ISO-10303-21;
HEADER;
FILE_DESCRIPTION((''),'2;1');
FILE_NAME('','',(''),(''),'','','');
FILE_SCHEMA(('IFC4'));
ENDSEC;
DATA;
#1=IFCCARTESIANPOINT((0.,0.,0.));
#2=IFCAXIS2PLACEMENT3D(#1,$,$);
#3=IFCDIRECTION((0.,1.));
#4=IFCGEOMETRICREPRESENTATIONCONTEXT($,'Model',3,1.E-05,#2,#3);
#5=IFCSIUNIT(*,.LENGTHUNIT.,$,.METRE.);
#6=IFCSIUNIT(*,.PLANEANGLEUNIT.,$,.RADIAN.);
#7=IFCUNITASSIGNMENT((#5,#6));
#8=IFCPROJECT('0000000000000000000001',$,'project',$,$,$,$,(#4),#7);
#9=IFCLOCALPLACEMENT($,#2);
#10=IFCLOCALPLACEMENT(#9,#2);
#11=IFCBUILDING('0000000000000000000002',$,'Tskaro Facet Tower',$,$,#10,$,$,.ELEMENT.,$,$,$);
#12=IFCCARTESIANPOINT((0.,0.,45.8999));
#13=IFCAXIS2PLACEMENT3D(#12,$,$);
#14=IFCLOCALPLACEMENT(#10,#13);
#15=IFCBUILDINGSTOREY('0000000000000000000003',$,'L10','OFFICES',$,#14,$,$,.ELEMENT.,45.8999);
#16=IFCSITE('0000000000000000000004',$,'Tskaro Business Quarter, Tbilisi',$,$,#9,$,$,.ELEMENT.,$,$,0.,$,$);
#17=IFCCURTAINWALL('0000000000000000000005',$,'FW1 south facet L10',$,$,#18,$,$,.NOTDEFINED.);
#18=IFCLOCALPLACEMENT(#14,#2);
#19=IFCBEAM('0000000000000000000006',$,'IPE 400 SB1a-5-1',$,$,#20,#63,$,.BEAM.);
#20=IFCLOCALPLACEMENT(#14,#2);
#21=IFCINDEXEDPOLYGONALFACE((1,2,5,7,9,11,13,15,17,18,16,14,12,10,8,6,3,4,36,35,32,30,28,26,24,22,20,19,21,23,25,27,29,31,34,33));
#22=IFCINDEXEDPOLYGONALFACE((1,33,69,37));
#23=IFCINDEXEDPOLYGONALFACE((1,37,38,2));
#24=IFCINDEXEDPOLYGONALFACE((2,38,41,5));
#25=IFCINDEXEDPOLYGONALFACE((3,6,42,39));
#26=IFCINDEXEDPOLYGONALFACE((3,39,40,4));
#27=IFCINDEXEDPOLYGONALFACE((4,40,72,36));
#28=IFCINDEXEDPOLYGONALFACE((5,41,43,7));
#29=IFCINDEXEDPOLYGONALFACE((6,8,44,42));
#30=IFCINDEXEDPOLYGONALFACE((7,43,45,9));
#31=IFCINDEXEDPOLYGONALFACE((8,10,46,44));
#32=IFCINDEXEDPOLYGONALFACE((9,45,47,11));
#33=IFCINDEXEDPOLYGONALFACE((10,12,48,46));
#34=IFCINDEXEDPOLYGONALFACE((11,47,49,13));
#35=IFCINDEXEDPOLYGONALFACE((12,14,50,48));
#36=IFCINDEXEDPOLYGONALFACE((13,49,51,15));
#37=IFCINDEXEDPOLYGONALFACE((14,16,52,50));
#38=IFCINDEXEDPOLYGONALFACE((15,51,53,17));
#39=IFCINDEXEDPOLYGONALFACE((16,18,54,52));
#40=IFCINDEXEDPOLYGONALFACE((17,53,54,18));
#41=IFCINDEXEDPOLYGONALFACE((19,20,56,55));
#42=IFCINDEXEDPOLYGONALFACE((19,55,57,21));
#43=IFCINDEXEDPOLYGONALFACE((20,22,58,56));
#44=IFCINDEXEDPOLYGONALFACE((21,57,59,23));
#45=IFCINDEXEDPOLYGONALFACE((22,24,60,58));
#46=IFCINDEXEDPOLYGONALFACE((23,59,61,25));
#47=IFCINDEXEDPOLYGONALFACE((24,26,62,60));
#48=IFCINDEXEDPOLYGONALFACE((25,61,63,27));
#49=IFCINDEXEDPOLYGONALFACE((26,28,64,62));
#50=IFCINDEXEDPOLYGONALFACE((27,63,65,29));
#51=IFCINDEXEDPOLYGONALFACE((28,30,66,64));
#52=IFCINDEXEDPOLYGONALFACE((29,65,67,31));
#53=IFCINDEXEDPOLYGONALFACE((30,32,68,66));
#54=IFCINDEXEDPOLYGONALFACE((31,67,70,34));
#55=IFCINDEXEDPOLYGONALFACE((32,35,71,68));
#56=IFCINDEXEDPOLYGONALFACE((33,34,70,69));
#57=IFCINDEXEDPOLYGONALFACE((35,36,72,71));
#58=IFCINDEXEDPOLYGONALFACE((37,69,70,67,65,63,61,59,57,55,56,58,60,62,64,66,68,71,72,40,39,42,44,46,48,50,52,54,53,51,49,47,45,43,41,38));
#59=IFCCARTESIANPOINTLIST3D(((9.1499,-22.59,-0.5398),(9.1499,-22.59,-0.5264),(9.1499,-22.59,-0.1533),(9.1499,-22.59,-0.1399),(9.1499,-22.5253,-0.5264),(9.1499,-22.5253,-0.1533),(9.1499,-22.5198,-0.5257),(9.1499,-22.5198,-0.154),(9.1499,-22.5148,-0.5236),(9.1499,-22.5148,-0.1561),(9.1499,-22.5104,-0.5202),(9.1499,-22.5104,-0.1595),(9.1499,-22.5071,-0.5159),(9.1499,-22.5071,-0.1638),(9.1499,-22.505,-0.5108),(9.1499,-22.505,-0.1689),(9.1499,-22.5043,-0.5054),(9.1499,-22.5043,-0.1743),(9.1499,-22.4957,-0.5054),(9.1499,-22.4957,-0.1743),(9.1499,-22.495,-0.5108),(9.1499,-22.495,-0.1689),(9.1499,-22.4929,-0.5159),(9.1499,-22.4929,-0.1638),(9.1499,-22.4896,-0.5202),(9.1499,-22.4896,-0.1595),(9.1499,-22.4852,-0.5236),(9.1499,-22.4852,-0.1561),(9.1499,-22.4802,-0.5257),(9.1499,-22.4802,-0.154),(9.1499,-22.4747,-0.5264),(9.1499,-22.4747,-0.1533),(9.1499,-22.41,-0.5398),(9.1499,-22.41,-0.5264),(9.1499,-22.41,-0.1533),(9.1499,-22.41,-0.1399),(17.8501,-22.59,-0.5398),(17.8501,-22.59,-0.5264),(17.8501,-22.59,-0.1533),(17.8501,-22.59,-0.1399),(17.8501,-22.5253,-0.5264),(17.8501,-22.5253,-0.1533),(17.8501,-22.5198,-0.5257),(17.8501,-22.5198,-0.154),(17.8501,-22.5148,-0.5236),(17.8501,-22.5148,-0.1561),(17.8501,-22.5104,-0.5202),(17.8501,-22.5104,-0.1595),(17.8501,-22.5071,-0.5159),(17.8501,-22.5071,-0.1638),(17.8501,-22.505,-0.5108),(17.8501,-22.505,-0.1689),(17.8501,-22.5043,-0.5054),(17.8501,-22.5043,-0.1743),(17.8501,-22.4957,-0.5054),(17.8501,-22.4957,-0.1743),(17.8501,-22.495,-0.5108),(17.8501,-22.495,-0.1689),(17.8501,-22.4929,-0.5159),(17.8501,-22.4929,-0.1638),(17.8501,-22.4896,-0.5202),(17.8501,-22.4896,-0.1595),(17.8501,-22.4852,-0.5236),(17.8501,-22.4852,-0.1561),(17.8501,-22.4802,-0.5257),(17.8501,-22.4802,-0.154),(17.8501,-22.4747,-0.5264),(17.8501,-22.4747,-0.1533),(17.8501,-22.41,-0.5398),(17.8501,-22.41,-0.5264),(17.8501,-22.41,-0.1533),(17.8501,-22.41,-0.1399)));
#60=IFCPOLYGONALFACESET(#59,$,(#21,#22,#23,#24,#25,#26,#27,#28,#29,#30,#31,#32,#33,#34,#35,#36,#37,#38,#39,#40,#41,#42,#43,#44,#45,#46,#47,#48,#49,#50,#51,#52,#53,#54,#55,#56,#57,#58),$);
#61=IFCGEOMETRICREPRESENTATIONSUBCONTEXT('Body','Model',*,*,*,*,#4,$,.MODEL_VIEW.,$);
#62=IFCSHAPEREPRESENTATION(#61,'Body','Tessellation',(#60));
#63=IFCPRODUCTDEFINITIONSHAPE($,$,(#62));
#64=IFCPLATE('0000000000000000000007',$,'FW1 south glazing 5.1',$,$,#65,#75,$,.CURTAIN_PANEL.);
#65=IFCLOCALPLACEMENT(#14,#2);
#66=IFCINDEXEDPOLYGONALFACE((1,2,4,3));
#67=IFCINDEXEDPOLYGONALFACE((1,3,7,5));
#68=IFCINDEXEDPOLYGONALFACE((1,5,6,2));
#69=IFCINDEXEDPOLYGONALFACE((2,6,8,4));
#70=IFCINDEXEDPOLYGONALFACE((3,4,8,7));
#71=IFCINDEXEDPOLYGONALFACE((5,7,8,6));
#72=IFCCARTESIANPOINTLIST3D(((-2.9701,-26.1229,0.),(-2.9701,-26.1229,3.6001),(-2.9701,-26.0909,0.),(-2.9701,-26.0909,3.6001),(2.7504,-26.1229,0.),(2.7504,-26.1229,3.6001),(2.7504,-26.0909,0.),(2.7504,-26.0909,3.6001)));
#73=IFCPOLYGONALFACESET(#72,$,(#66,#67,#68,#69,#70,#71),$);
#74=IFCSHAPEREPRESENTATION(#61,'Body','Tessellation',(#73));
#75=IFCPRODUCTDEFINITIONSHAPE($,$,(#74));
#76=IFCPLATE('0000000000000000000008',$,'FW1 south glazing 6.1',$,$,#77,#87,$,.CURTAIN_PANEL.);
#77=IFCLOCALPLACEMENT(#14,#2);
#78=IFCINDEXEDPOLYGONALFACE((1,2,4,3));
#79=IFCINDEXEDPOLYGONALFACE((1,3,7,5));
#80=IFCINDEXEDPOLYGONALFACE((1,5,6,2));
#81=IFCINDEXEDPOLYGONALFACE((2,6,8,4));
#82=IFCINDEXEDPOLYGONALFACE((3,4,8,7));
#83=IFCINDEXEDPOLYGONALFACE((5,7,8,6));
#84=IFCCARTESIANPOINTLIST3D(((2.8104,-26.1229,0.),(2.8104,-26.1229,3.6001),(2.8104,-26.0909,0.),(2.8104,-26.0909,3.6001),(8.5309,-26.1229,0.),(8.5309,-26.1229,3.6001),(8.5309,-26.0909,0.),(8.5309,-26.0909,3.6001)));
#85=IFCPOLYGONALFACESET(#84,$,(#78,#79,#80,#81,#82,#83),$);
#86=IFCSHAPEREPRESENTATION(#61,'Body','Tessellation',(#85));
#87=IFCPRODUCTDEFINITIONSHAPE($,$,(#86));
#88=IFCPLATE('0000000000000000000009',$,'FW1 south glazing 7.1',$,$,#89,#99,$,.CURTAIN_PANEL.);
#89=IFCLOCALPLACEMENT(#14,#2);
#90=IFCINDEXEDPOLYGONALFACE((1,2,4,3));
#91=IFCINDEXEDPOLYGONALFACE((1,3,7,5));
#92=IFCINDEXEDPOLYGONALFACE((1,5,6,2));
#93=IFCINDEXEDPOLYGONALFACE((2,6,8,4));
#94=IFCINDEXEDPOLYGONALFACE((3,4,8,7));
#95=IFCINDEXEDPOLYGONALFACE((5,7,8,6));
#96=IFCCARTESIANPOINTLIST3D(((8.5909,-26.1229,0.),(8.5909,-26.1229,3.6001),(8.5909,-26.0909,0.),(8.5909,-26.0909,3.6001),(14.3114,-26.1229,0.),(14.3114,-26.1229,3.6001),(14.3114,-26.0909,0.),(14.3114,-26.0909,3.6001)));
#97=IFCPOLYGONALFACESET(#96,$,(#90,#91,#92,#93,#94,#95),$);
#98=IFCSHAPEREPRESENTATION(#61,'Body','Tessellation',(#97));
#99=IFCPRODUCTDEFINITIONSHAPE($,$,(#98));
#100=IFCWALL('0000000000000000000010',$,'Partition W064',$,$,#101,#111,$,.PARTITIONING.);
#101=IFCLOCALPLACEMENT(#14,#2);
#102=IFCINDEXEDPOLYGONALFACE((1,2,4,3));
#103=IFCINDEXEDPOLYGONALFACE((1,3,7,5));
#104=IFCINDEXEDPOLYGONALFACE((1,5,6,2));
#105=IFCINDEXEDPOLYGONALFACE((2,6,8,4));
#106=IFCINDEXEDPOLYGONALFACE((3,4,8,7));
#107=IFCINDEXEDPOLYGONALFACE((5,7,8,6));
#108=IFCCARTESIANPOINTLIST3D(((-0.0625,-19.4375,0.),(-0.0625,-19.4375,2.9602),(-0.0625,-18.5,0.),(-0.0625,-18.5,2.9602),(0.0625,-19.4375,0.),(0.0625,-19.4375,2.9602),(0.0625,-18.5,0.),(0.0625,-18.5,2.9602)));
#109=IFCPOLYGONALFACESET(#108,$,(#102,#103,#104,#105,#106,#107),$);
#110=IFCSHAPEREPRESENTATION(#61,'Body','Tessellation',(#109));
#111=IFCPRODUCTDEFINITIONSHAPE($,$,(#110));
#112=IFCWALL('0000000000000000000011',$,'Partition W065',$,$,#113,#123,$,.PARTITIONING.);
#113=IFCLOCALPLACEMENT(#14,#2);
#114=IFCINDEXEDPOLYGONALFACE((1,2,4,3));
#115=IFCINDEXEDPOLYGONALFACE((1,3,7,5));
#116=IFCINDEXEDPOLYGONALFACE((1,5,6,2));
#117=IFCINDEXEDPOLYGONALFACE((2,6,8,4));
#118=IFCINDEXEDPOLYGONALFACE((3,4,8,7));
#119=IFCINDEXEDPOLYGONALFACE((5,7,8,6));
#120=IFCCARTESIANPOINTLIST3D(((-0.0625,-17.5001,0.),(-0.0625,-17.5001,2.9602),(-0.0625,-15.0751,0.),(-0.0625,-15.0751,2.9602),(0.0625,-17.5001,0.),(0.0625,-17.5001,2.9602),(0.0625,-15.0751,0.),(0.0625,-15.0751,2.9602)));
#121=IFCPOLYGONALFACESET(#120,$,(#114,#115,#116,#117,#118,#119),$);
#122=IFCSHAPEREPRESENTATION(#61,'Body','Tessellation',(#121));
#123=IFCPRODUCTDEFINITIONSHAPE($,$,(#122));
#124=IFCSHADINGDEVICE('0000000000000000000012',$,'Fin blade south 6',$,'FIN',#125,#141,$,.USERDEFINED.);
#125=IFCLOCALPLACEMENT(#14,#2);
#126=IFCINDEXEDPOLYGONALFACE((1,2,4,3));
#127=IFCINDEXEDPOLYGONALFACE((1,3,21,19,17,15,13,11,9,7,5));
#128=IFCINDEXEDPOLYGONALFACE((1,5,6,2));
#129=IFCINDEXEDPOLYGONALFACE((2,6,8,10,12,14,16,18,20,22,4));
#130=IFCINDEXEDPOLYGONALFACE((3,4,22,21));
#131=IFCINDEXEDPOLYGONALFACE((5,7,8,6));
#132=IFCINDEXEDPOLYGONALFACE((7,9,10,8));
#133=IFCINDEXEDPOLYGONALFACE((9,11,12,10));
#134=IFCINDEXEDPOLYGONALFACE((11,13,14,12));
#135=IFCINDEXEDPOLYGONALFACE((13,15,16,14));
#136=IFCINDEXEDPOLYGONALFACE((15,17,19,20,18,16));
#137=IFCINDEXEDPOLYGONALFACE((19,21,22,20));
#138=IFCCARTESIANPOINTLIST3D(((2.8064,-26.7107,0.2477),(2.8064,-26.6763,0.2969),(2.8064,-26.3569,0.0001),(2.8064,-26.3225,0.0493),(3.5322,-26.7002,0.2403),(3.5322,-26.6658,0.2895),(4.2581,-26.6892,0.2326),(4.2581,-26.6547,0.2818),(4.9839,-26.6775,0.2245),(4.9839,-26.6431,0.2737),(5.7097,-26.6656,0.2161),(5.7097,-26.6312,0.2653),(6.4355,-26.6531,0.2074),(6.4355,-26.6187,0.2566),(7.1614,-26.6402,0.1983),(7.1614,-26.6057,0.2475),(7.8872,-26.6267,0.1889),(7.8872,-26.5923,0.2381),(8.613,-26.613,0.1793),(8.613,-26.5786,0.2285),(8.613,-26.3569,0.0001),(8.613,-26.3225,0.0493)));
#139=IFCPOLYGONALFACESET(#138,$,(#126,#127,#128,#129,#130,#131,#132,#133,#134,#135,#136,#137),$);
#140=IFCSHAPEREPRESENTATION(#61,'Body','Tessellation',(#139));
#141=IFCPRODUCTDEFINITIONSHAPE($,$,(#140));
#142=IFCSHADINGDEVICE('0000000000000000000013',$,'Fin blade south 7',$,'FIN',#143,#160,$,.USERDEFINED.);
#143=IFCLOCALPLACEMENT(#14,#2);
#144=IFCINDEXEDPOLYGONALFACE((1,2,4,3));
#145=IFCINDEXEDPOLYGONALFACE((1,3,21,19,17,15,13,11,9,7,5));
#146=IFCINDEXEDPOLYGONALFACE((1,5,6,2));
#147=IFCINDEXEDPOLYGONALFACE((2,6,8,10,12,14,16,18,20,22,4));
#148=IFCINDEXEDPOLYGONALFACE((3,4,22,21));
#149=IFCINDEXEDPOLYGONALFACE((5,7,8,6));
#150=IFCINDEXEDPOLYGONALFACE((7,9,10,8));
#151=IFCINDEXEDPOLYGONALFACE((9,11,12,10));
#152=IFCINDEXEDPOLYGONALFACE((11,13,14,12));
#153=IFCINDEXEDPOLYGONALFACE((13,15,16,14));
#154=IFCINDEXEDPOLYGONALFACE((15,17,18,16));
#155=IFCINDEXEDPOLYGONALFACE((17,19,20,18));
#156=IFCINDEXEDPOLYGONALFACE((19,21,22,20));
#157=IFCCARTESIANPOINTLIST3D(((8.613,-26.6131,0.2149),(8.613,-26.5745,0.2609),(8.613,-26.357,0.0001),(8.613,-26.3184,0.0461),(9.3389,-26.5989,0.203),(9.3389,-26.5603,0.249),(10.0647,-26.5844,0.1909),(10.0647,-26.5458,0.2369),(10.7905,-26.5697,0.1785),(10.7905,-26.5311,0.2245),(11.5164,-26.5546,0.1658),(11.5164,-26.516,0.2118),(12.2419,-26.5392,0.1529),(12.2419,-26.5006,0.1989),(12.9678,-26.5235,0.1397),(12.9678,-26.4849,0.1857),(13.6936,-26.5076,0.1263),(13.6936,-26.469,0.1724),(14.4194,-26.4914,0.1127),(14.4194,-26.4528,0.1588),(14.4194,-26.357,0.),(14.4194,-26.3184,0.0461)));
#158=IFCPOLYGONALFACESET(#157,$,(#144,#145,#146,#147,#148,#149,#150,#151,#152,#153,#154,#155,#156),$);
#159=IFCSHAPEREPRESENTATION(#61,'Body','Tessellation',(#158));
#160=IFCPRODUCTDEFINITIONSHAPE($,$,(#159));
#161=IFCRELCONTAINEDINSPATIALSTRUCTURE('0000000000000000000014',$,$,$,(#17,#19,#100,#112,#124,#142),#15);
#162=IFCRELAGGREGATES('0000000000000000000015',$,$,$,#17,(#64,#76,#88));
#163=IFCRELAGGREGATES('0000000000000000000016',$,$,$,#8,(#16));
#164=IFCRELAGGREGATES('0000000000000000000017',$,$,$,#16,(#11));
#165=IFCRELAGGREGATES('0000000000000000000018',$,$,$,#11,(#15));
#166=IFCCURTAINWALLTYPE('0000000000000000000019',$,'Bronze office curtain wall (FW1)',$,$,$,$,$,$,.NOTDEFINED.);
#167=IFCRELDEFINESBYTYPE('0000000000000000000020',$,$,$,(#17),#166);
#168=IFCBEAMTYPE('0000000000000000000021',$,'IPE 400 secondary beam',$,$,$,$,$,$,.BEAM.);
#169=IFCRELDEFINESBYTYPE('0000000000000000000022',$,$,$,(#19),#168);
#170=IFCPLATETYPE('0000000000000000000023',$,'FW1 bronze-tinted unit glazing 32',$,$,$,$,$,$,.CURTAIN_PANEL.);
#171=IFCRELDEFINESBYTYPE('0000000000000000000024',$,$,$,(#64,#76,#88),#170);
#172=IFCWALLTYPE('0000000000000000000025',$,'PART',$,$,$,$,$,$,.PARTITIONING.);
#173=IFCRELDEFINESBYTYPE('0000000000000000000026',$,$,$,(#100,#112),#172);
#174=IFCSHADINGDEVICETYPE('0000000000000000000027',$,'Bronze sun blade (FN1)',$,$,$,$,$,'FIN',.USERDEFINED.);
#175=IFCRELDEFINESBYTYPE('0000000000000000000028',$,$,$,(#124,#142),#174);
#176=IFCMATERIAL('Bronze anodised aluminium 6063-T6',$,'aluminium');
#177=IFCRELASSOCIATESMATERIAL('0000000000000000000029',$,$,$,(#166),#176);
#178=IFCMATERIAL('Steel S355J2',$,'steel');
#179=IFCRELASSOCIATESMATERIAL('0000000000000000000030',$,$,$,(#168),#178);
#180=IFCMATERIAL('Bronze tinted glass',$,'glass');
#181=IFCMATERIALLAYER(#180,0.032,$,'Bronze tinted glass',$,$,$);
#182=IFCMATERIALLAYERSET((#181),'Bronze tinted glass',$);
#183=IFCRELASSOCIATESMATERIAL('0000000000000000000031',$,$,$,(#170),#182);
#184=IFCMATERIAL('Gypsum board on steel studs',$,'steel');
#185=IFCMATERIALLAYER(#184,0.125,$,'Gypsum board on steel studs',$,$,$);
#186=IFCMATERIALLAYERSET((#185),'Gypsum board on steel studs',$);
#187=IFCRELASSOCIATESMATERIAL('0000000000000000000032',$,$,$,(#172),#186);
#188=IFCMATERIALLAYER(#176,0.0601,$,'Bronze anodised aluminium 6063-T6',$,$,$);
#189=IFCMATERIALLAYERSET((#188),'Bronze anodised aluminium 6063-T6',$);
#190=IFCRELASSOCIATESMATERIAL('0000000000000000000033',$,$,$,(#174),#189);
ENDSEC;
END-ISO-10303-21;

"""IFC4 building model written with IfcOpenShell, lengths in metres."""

from ifc_helpers import new_model, si_unit, direction, frame, frame_2d, origin, origin_2d, place, context, subcontext, project, spatial, polyline, rectangle, i_section, outline, extrude, material, layer, layer_set, material_profile, profile_set, type_object, element, aggregate, save


model = new_model("IFC4")

# Units and contexts
model_context = context("Model", 3, precision=1e-05, world=origin(), true_north=direction((0.0, 1.0)))
body_context = subcontext(model_context, "Body", "Model", "MODEL_VIEW")
ifc_project = project(units=[si_unit("LENGTHUNIT", "METRE"), si_unit("PLANEANGLEUNIT", "RADIAN")], contexts=[model_context])

# Site, building, storey
site_placement = place(None, origin())
site = spatial("IfcSite", under=ifc_project, at=site_placement, Name="Tskaro Business Quarter, Tbilisi", CompositionType="ELEMENT", RefElevation=0.0)
building_placement = place(site_placement, origin())
building = spatial("IfcBuilding", under=site, at=building_placement, Name="Tskaro Facet Tower", CompositionType="ELEMENT")
storey_placement = place(building_placement, frame((0.0, 0.0, 45.8999)))
storey = spatial("IfcBuildingStorey", under=building, at=storey_placement, Name="L10", Description="OFFICES", CompositionType="ELEMENT", Elevation=45.8999)

# Curtain wall
ifc_material_1 = material(Name="Bronze anodised aluminium 6063-T6", Category="aluminium")
curtain_wall_type = type_object("IfcCurtainWallType", Name="Bronze office curtain wall (FW1)", PredefinedType="NOTDEFINED", material=ifc_material_1)
curtain_wall_placement = place(storey_placement, origin())
curtain_wall = element("IfcCurtainWall", 1, at=curtain_wall_placement, inside=storey, type_object=curtain_wall_type, Name="FW1 south facet L10", PredefinedType="NOTDEFINED")

# Beam
ifc_material_2 = material(Name="Steel S355J2", Category="steel")
ifc_material_profile_1 = material_profile(ifc_material_2, i_section(OverallWidth=0.1799, OverallDepth=0.3999, WebThickness=0.0085, FlangeThickness=0.0134, FilletRadius=0.021, at=origin_2d()), Name="IPE 400")
ifc_profile_set_1 = profile_set([ifc_material_profile_1], Name="Steel S355J2")
beam_type_1 = type_object("IfcBeamType", Name="IPE 400 secondary beam", PredefinedType="BEAM", material=ifc_profile_set_1)
for number, where, z_axis, x_axis, name in (
    (2, (9.1499, -22.5, -0.3398), (1.0, 0.0, 0.0), (0.0, 1.0, 0.0), "IPE 400 SB1a-5-1"),
):
    element("IfcBeam", number, at=place(storey_placement, frame(where, z_axis=z_axis, x_axis=x_axis)), inside=storey, type_object=beam_type_1, Name=name, PredefinedType="BEAM", context=body_context, shape_type="SweptSolid", body=[
        extrude(i_section(OverallWidth=0.1799, OverallDepth=0.3999, WebThickness=0.0085, FlangeThickness=0.0134, FilletRadius=0.021, at=origin_2d()), origin(), (0.0, 0.0, 1.0), 8.7002),
    ])

# Plates
ifc_material_3 = material(Name="Bronze tinted glass", Category="glass")
ifc_layer_1 = layer(ifc_material_3, 0.032, Name="Bronze tinted glass")
ifc_layer_set_1 = layer_set([ifc_layer_1], Name="Bronze tinted glass")
plate_type = type_object("IfcPlateType", Name="FW1 bronze-tinted unit glazing 32", PredefinedType="CURTAIN_PANEL", material=ifc_layer_set_1)
plate_1_placement = place(storey_placement, frame((-0.1099, -26.1069, 0.0), z_axis=(0.0, 0.0, 1.0), x_axis=(1.0, 0.0, 0.0)))
plate_1 = element("IfcPlate", 3, at=plate_1_placement, type_object=plate_type, Name="FW1 south glazing 5.1", PredefinedType="CURTAIN_PANEL", context=body_context, shape_type="SweptSolid", body=[
    extrude(rectangle(XDim=5.7205, YDim=0.032, at=origin_2d()), origin(), (0.0, 0.0, 1.0), 3.6001),
])
plate_2_placement = place(storey_placement, frame((5.6707, -26.1069, 0.0), z_axis=(0.0, 0.0, 1.0), x_axis=(1.0, 0.0, 0.0)))
plate_2 = element("IfcPlate", 4, at=plate_2_placement, type_object=plate_type, Name="FW1 south glazing 6.1", PredefinedType="CURTAIN_PANEL", context=body_context, shape_type="SweptSolid", body=[
    extrude(rectangle(XDim=5.7205, YDim=0.032, at=origin_2d()), origin(), (0.0, 0.0, 1.0), 3.6001),
])
plate_3_placement = place(storey_placement, frame((11.4512, -26.1069, 0.0), z_axis=(0.0, 0.0, 1.0), x_axis=(1.0, 0.0, 0.0)))
plate_3 = element("IfcPlate", 5, at=plate_3_placement, type_object=plate_type, Name="FW1 south glazing 7.1", PredefinedType="CURTAIN_PANEL", context=body_context, shape_type="SweptSolid", body=[
    extrude(rectangle(XDim=5.7205, YDim=0.032, at=origin_2d()), origin(), (0.0, 0.0, 1.0), 3.6001),
])
aggregate(curtain_wall, [plate_1, plate_2, plate_3])

# Walls
ifc_material_4 = material(Name="Gypsum board on steel studs", Category="steel")
ifc_layer_2 = layer(ifc_material_4, 0.125, Name="Gypsum board on steel studs")
ifc_layer_set_2 = layer_set([ifc_layer_2], Name="Gypsum board on steel studs")
wall_type = type_object("IfcWallType", Name="PART", PredefinedType="PARTITIONING", material=ifc_layer_set_2)
wall_1_placement = place(storey_placement, frame((0.0, -19.4375, 0.0), z_axis=(0.0, 0.0, 1.0), x_axis=(0.0, 1.0, 0.0)))
element("IfcWall", 6, at=wall_1_placement, inside=storey, type_object=wall_type, Name="Partition W064", PredefinedType="PARTITIONING", context=body_context, shape_type="SweptSolid", body=[
    extrude(rectangle(XDim=0.9375, YDim=0.125, at=frame_2d((0.4688, 0.0))), origin(), (0.0, 0.0, 1.0), 2.9602),
])
wall_2_placement = place(storey_placement, frame((0.0, -17.5, 0.0), z_axis=(0.0, 0.0, 1.0), x_axis=(0.0, 1.0, 0.0)))
element("IfcWall", 7, at=wall_2_placement, inside=storey, type_object=wall_type, Name="Partition W065", PredefinedType="PARTITIONING", context=body_context, shape_type="SweptSolid", body=[
    extrude(rectangle(XDim=2.425, YDim=0.125, at=frame_2d((1.2124, 0.0))), origin(), (0.0, 0.0, 1.0), 2.9602),
])

# Shading devices
ifc_layer_3 = layer(ifc_material_1, 0.0601, Name="Bronze anodised aluminium 6063-T6")
ifc_layer_set_3 = layer_set([ifc_layer_3], Name="Bronze anodised aluminium 6063-T6")
shading_device_type = type_object("IfcShadingDeviceType", Name="Bronze sun blade (FN1)", ElementType="FIN", PredefinedType="USERDEFINED", material=ifc_layer_set_3)
shading_device_1_placement = place(storey_placement, frame((2.8064, -26.3225, 0.0493), z_axis=(0.000001, 0.57337, 0.819297), x_axis=(1.0, 0.0, -0.000001)))
element("IfcShadingDevice", 8, at=shading_device_1_placement, inside=storey, type_object=shading_device_type, Name="Fin blade south 6", ObjectType="FIN", PredefinedType="USERDEFINED", context=body_context, shape_type="SweptSolid", body=[
    extrude(outline(polyline([(0.0, 0.0), (5.8066, 0.0), (5.8066, -0.3126), (5.0808, -0.3292), (4.355, -0.3457), (3.6292, -0.3615), (2.9033, -0.3767), (2.1775, -0.3913), (1.4517, -0.4055), (0.7258, -0.419), (0.0, -0.4318), (0.0, 0.0)])), origin(), (0.0, 0.0, -1.0), 0.0601),
])
shading_device_2_placement = place(storey_placement, frame((8.613, -26.3184, 0.0461), z_axis=(0.000018, 0.642577, 0.766221), x_axis=(1.0, -0.000011, -0.000014)))
element("IfcShadingDevice", 9, at=shading_device_2_placement, inside=storey, type_object=shading_device_type, Name="Fin blade south 7", ObjectType="FIN", PredefinedType="USERDEFINED", context=body_context, shape_type="SweptSolid", body=[
    extrude(outline(polyline([(0.0, 0.0), (5.8064, 0.0), (5.8064, -0.1754), (5.0806, -0.1965), (4.3547, -0.2173), (3.6289, -0.2378), (2.9033, -0.2579), (2.1775, -0.2776), (1.4517, -0.2969), (0.7258, -0.3157), (0.0, -0.3343), (0.0, 0.0)])), origin(), (0.0, 0.0, -1.0), 0.0601),
])

save(model, "model.ifc")
